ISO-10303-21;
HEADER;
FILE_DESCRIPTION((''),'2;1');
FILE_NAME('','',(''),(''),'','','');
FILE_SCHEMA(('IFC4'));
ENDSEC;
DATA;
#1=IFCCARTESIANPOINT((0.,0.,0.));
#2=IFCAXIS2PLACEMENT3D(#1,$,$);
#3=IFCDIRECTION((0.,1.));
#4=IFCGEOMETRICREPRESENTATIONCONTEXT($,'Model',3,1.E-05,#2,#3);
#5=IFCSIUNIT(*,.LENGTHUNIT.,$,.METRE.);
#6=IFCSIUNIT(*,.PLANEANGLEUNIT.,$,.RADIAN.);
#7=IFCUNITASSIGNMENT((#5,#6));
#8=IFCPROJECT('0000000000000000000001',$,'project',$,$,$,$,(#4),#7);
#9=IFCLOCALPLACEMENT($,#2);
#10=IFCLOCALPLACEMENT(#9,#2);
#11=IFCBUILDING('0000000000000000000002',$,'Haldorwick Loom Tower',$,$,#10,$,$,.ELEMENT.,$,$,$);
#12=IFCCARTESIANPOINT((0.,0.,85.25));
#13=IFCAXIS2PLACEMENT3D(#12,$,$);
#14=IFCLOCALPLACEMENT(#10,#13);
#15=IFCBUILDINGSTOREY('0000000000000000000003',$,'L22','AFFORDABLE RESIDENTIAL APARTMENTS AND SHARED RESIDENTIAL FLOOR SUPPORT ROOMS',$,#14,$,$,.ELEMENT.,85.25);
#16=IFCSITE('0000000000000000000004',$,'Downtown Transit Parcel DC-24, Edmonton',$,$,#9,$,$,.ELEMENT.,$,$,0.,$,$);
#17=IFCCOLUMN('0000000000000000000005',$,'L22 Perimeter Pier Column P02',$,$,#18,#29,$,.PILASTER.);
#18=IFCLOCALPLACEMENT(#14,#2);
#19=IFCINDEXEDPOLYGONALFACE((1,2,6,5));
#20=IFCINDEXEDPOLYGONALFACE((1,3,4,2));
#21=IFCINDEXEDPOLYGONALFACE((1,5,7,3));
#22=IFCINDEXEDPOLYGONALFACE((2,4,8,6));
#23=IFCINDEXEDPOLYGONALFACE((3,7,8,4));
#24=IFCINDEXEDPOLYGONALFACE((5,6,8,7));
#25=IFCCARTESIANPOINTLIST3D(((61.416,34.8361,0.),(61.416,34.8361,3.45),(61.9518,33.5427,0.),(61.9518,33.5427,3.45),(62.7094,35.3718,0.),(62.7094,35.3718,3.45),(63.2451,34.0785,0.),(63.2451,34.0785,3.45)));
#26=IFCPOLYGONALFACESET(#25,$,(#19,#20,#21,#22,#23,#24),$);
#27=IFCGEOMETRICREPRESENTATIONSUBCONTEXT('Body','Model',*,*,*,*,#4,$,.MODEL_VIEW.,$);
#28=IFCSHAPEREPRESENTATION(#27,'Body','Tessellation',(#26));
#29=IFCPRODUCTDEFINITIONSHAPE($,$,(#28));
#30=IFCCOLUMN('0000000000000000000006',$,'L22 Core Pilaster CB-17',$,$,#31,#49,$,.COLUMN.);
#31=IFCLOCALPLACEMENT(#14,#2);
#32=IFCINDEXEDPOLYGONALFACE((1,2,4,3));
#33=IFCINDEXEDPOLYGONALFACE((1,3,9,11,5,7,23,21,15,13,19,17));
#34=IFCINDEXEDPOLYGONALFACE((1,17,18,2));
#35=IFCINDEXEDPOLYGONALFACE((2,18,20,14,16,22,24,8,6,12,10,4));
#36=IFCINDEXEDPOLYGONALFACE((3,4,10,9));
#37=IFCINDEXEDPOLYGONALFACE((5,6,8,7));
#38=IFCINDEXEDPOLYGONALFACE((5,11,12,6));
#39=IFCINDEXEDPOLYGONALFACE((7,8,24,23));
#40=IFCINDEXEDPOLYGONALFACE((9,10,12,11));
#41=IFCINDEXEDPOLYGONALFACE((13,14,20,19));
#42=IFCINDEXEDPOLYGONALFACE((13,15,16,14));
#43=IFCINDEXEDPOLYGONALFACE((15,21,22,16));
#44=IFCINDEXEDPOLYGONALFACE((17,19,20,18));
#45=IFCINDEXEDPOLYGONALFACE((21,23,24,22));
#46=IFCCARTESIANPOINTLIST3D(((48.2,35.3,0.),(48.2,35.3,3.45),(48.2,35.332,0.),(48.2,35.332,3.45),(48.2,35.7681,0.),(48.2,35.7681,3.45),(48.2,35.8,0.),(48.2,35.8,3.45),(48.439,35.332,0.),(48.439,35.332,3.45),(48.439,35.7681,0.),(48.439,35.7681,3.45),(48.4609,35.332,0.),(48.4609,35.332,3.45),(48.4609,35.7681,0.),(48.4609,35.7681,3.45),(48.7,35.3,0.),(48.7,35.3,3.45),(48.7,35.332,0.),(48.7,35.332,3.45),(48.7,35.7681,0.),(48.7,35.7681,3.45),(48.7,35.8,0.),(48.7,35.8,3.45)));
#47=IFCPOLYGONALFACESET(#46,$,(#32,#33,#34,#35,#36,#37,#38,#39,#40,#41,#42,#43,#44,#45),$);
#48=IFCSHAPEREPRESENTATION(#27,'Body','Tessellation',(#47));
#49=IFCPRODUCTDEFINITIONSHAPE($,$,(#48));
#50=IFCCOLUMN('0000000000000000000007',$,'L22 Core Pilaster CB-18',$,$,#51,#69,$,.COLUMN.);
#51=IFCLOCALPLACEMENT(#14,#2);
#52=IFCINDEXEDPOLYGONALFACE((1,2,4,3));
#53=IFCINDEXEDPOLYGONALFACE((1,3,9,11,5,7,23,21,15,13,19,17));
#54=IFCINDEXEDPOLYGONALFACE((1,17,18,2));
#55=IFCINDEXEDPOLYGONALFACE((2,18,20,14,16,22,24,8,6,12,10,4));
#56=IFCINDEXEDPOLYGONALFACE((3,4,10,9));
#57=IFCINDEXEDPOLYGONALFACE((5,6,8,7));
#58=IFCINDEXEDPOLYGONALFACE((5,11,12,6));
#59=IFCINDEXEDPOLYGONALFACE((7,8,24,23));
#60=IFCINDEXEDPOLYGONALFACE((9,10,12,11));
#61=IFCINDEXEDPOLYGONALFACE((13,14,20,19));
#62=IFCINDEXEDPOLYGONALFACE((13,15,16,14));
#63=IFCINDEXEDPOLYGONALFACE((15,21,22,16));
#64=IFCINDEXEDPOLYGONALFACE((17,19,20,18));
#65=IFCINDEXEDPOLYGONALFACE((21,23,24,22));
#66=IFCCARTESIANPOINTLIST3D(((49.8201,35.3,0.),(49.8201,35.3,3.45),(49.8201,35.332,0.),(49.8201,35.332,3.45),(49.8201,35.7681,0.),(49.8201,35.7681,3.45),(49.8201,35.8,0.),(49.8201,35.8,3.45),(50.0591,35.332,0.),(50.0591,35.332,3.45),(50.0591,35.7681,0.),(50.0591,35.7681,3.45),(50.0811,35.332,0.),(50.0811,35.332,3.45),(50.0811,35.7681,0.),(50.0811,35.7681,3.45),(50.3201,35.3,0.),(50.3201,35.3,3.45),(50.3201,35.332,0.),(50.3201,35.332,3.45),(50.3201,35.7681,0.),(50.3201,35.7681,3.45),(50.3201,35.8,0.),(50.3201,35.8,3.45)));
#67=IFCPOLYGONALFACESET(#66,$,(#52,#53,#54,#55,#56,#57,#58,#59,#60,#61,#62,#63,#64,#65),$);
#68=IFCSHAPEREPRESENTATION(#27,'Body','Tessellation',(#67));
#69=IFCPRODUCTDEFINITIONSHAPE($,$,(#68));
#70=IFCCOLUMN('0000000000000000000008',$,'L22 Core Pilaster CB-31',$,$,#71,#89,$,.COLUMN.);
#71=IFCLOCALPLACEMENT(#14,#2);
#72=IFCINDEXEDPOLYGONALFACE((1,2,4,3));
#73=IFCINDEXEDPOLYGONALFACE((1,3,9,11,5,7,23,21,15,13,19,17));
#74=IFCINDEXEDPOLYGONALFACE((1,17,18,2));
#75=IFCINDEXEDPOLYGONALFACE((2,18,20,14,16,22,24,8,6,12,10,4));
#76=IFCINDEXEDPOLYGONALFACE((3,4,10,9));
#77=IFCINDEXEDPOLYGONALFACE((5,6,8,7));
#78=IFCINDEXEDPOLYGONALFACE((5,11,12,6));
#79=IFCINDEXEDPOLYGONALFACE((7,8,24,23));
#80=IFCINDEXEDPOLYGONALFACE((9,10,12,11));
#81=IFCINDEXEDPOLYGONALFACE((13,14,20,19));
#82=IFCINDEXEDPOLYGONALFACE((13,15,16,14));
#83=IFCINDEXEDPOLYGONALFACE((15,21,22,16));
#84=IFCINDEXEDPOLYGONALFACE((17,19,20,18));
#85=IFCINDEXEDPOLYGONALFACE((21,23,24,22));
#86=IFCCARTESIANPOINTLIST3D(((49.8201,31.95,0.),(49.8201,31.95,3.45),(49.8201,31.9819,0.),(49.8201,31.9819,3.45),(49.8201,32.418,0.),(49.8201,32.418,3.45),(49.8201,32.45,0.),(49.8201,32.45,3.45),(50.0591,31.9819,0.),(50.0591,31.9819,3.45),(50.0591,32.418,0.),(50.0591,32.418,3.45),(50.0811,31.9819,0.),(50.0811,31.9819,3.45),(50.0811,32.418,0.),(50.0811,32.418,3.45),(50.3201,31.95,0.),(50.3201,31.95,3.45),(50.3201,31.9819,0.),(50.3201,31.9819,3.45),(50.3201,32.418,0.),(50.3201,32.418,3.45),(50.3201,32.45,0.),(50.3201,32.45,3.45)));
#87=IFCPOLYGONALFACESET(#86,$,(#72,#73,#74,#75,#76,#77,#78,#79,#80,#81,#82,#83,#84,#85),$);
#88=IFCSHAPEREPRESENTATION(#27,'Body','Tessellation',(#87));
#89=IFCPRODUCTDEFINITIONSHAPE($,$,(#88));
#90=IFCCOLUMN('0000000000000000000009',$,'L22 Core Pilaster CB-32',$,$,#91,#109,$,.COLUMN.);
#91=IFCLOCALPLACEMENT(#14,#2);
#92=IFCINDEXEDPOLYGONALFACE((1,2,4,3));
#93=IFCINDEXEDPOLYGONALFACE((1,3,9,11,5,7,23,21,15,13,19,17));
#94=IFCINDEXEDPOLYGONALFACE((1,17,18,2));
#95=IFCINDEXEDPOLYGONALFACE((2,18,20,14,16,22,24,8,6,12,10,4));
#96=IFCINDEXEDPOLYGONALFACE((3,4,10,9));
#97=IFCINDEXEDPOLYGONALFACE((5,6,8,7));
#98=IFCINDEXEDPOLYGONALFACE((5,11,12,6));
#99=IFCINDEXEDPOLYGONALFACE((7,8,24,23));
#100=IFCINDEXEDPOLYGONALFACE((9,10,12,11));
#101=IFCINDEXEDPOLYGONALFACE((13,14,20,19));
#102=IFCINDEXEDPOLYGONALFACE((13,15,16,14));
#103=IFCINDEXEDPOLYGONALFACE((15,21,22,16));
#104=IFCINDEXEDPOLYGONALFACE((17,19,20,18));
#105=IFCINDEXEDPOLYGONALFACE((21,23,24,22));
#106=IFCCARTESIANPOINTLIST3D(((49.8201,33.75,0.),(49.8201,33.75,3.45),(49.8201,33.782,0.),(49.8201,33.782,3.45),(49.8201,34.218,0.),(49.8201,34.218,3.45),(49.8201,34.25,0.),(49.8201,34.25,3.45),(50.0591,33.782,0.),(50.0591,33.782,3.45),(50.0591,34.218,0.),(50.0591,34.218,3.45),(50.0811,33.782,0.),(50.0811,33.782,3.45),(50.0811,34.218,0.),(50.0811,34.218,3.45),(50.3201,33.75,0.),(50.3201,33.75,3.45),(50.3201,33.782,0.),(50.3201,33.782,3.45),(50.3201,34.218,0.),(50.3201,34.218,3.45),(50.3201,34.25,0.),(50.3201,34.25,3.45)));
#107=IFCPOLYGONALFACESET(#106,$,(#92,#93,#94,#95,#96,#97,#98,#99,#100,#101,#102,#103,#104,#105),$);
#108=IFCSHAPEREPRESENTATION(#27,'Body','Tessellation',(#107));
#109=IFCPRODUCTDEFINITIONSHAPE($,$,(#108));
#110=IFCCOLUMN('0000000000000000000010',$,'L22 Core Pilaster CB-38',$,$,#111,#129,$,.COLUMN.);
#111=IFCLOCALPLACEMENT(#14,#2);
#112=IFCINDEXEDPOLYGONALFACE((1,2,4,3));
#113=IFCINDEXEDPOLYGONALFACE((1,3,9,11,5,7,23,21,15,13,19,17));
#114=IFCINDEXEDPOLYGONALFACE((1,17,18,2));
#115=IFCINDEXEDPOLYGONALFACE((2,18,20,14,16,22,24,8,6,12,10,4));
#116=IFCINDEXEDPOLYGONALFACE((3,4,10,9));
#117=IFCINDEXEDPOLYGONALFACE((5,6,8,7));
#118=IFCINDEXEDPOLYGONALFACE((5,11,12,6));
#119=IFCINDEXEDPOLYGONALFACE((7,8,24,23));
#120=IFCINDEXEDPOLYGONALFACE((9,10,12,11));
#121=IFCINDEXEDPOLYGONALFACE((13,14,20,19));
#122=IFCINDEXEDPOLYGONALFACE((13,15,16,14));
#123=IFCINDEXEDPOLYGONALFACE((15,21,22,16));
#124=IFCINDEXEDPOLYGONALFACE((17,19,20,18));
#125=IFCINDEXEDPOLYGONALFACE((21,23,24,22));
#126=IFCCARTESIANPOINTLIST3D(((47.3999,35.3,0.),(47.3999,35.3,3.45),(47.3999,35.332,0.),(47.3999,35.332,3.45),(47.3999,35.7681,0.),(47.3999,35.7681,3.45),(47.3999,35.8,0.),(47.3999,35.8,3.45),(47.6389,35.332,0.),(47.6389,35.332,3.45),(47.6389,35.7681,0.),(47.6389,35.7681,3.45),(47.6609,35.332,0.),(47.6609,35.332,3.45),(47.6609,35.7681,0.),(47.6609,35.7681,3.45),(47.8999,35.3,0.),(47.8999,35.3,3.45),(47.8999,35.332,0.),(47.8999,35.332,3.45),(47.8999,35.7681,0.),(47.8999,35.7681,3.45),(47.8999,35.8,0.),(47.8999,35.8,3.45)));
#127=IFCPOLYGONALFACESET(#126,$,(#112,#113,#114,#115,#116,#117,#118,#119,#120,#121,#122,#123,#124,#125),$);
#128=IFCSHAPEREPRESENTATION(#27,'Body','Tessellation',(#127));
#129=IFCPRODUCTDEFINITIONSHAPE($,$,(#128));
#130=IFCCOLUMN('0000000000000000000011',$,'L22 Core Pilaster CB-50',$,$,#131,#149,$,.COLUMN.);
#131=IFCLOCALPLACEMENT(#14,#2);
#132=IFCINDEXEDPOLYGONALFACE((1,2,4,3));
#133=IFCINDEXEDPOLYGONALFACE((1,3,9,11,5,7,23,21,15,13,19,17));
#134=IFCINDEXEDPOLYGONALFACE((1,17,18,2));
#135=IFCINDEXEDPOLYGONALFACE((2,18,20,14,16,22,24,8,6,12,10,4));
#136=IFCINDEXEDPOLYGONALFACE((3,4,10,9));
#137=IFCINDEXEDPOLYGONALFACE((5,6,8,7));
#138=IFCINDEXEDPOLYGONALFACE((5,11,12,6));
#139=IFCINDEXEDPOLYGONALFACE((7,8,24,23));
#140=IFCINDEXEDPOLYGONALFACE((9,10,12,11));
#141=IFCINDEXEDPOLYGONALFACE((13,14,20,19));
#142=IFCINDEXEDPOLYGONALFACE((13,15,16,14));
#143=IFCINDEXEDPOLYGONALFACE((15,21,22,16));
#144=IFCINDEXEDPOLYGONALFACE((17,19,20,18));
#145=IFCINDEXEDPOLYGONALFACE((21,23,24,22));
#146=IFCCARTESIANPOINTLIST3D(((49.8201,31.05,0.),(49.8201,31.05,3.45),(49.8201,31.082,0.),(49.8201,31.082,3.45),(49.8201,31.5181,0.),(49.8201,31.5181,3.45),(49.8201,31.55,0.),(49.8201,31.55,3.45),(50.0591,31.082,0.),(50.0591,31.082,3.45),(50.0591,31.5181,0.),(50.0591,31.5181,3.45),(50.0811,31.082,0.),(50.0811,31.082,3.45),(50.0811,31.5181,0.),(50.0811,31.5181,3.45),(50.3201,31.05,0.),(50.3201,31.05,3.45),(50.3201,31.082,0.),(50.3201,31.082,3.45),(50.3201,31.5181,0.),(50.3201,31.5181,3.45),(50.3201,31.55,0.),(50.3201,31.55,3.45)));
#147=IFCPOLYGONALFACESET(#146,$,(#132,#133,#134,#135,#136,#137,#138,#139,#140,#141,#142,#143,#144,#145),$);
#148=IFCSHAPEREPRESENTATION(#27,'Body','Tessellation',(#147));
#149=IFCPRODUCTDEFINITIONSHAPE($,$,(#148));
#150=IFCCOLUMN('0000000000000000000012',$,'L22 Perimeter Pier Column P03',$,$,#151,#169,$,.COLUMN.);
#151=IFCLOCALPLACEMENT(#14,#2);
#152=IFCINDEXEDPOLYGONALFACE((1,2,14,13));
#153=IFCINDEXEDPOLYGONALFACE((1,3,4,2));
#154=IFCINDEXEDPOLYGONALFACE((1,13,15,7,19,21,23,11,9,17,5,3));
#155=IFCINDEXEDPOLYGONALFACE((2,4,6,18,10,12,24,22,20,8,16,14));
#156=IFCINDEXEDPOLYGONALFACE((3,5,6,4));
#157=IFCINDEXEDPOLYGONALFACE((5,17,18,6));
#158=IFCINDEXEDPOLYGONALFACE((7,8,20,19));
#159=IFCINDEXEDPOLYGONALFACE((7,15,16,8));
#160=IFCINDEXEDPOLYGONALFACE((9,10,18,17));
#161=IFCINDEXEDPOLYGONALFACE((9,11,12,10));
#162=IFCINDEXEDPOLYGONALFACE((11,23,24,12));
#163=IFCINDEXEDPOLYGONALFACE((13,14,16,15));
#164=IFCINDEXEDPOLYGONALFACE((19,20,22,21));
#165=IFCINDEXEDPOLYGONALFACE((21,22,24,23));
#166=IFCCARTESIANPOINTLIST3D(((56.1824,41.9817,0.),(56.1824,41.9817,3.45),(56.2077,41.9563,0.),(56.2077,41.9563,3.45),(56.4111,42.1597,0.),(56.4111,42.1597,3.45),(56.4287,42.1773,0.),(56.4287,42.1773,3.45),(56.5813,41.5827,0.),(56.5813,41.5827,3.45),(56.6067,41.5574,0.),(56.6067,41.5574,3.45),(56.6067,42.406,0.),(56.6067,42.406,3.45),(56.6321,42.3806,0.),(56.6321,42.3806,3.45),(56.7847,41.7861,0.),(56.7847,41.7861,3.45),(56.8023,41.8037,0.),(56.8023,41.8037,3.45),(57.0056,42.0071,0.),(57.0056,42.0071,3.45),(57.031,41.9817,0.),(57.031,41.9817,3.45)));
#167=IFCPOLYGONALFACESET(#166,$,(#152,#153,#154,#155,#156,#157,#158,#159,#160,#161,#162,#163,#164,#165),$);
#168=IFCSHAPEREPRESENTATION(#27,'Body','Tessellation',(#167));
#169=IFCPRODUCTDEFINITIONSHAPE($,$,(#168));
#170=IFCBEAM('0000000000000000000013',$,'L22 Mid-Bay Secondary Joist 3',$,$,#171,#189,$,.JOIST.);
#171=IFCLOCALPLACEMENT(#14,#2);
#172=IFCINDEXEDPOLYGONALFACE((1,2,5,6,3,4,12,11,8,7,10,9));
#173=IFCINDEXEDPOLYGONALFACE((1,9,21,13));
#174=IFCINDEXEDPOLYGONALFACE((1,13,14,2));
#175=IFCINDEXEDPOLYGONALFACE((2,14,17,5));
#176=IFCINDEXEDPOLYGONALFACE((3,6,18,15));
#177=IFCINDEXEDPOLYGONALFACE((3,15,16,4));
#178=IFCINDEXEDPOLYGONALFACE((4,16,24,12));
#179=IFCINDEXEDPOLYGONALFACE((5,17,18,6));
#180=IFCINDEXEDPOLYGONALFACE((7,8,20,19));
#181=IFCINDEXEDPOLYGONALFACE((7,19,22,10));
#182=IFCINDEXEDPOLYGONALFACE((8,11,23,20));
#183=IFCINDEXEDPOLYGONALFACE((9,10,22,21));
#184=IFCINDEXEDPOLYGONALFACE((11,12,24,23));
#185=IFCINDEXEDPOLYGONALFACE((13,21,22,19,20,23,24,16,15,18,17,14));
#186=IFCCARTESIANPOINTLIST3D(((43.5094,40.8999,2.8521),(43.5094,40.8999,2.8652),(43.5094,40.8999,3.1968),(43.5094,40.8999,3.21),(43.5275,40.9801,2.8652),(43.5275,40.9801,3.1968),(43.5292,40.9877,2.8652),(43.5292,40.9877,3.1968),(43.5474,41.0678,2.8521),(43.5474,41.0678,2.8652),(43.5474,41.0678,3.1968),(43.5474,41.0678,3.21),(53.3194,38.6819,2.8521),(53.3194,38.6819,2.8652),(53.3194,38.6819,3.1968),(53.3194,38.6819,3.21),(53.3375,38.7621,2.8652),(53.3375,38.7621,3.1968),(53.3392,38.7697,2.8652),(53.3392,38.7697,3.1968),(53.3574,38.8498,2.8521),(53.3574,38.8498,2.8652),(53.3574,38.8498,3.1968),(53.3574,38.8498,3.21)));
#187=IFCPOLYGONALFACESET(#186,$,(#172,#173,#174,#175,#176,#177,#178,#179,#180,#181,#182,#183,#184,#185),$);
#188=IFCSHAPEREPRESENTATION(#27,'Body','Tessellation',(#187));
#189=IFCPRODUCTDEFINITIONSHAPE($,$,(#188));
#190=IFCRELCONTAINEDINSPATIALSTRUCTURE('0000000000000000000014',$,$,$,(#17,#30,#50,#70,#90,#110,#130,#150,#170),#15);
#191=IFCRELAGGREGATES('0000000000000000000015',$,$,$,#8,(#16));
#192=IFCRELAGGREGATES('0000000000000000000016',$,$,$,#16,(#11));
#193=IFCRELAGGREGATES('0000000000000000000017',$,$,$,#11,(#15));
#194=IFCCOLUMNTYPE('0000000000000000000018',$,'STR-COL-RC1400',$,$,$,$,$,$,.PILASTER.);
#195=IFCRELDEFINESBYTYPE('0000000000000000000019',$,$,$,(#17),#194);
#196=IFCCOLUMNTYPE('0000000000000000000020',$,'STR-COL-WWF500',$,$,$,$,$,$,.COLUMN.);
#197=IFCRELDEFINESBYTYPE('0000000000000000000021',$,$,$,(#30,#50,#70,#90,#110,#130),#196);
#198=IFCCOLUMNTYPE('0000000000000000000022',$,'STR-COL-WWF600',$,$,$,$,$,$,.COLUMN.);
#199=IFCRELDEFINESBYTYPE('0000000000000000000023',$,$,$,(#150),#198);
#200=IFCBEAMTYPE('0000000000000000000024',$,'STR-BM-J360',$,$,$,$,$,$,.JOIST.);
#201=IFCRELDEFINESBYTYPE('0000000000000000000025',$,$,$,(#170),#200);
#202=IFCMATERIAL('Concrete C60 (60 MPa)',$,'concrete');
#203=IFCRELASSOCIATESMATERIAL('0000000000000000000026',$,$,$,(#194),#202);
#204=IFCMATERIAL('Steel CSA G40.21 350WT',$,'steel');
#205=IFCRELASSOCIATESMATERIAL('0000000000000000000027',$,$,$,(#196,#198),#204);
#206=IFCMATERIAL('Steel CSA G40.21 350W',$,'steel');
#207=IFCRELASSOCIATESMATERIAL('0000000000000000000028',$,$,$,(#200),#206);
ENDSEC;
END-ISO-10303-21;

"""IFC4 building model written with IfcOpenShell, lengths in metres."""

from ifc_helpers import new_model, si_unit, direction, frame, origin, origin_2d, place, context, subcontext, project, spatial, rectangle, i_section, extrude, material, material_profile, profile_set, type_object, element, save


model = new_model("IFC4")

# Units and contexts
model_context = context("Model", 3, precision=1e-05, world=origin(), true_north=direction((0.0, 1.0)))
body_context = subcontext(model_context, "Body", "Model", "MODEL_VIEW")
ifc_project = project(units=[si_unit("LENGTHUNIT", "METRE"), si_unit("PLANEANGLEUNIT", "RADIAN")], contexts=[model_context])

# Site, building, storey
site_placement = place(None, origin())
site = spatial("IfcSite", under=ifc_project, at=site_placement, Name="Downtown Transit Parcel DC-24, Edmonton", CompositionType="ELEMENT", RefElevation=0.0)
building_placement = place(site_placement, origin())
building = spatial("IfcBuilding", under=site, at=building_placement, Name="Haldorwick Loom Tower", CompositionType="ELEMENT")
storey_placement = place(building_placement, frame((0.0, 0.0, 85.25)))
storey = spatial("IfcBuildingStorey", under=building, at=storey_placement, Name="L22", Description="AFFORDABLE RESIDENTIAL APARTMENTS AND SHARED RESIDENTIAL FLOOR SUPPORT ROOMS", CompositionType="ELEMENT", Elevation=85.25)

# Columns
ifc_material_1 = material(Name="Concrete C60 (60 MPa)", Category="concrete")
ifc_material_profile_1 = material_profile(ifc_material_1, rectangle(XDim=1.3999, YDim=1.3999, at=origin_2d()), Name="RC1400X1400", Category="concrete")
ifc_profile_set_1 = profile_set([ifc_material_profile_1], Name="Concrete C60 (60 MPa)")
column_type_1 = type_object("IfcColumnType", Name="STR-COL-RC1400", PredefinedType="PILASTER", material=ifc_profile_set_1)
column_1_placement = place(storey_placement, frame((62.3306, 34.4573, 0.0), z_axis=(0.0, 0.0, 1.0), x_axis=(0.92388, 0.382683, 0.0)))
element("IfcColumn", 1, at=column_1_placement, inside=storey, type_object=column_type_1, Name="L22 Perimeter Pier Column P02", PredefinedType="PILASTER", context=body_context, shape_type="SweptSolid", body=[
    extrude(rectangle(XDim=1.3999, YDim=1.3999, at=origin_2d()), origin(), (0.0, 0.0, 1.0), 3.45),
])
ifc_material_2 = material(Name="Steel CSA G40.21 350WT", Category="steel")
ifc_material_profile_2 = material_profile(ifc_material_2, i_section(OverallWidth=0.5, OverallDepth=0.5, WebThickness=0.022, FlangeThickness=0.032, at=origin_2d()), Name="WWF500X500", Category="steel")
ifc_profile_set_2 = profile_set([ifc_material_profile_2], Name="Steel CSA G40.21 350WT")
column_type_2 = type_object("IfcColumnType", Name="STR-COL-WWF500", PredefinedType="COLUMN", material=ifc_profile_set_2)
for number, where, z_axis, x_axis, name in (
    (2, (48.45, 35.55, 0.0), (0.0, 0.0, 1.0), (1.0, 0.0, 0.0), "L22 Core Pilaster CB-17"),
    (3, (50.0701, 35.55, 0.0), (0.0, 0.0, 1.0), (1.0, 0.0, 0.0), "L22 Core Pilaster CB-18"),
    (4, (50.0701, 32.2, 0.0), (0.0, 0.0, 1.0), (1.0, 0.0, 0.0), "L22 Core Pilaster CB-31"),
    (5, (50.0701, 34.0, 0.0), (0.0, 0.0, 1.0), (1.0, 0.0, 0.0), "L22 Core Pilaster CB-32"),
    (6, (47.6499, 35.55, 0.0), (0.0, 0.0, 1.0), (1.0, 0.0, 0.0), "L22 Core Pilaster CB-38"),
    (7, (50.0701, 31.3, 0.0), (0.0, 0.0, 1.0), (1.0, 0.0, 0.0), "L22 Core Pilaster CB-50"),
):
    element("IfcColumn", number, at=place(storey_placement, frame(where, z_axis=z_axis, x_axis=x_axis)), inside=storey, type_object=column_type_2, Name=name, PredefinedType="COLUMN", context=body_context, shape_type="SweptSolid", body=[
        extrude(i_section(OverallWidth=0.5, OverallDepth=0.5, WebThickness=0.022, FlangeThickness=0.032, at=origin_2d()), origin(), (0.0, 0.0, 1.0), 3.45),
    ])
ifc_material_profile_3 = material_profile(ifc_material_2, i_section(OverallWidth=0.6001, OverallDepth=0.6001, WebThickness=0.0249, FlangeThickness=0.0359, at=origin_2d()), Name="WWF600X600", Category="steel")
ifc_profile_set_3 = profile_set([ifc_material_profile_3], Name="Steel CSA G40.21 350WT")
column_type_3 = type_object("IfcColumnType", Name="STR-COL-WWF600", PredefinedType="COLUMN", material=ifc_profile_set_3)
column_2_placement = place(storey_placement, frame((56.6067, 41.9817, 0.0), z_axis=(0.0, 0.0, 1.0), x_axis=(0.707107, 0.707107, 0.0)))
element("IfcColumn", 8, at=column_2_placement, inside=storey, type_object=column_type_3, Name="L22 Perimeter Pier Column P03", PredefinedType="COLUMN", context=body_context, shape_type="SweptSolid", body=[
    extrude(i_section(OverallWidth=0.6001, OverallDepth=0.6001, WebThickness=0.0249, FlangeThickness=0.0359, at=origin_2d()), origin(), (0.0, 0.0, 1.0), 3.45),
])

# Beam
ifc_material_3 = material(Name="Steel CSA G40.21 350W", Category="steel")
ifc_material_profile_4 = material_profile(ifc_material_3, i_section(OverallWidth=0.1721, OverallDepth=0.3579, WebThickness=0.0078, FlangeThickness=0.0132, at=origin_2d()), Name="W360X57", Category="steel")
ifc_profile_set_4 = profile_set([ifc_material_profile_4], Name="Steel CSA G40.21 350W")
beam_type_1 = type_object("IfcBeamType", Name="STR-BM-J360", PredefinedType="JOIST", material=ifc_profile_set_4)
beam_1_placement = place(storey_placement, frame((53.3384, 38.7659, 3.031), z_axis=(-0.97538, 0.22053, 0.0), x_axis=(-0.22053, -0.97538, 0.0)))
element("IfcBeam", 9, at=beam_1_placement, inside=storey, type_object=beam_type_1, Name="L22 Mid-Bay Secondary Joist 3", PredefinedType="JOIST", context=body_context, shape_type="SweptSolid", body=[
    extrude(i_section(OverallWidth=0.1721, OverallDepth=0.3579, WebThickness=0.0078, FlangeThickness=0.0132, at=origin_2d()), origin(), (0.0, 0.0, 1.0), 10.0576),
])

save(model, "model.ifc")
